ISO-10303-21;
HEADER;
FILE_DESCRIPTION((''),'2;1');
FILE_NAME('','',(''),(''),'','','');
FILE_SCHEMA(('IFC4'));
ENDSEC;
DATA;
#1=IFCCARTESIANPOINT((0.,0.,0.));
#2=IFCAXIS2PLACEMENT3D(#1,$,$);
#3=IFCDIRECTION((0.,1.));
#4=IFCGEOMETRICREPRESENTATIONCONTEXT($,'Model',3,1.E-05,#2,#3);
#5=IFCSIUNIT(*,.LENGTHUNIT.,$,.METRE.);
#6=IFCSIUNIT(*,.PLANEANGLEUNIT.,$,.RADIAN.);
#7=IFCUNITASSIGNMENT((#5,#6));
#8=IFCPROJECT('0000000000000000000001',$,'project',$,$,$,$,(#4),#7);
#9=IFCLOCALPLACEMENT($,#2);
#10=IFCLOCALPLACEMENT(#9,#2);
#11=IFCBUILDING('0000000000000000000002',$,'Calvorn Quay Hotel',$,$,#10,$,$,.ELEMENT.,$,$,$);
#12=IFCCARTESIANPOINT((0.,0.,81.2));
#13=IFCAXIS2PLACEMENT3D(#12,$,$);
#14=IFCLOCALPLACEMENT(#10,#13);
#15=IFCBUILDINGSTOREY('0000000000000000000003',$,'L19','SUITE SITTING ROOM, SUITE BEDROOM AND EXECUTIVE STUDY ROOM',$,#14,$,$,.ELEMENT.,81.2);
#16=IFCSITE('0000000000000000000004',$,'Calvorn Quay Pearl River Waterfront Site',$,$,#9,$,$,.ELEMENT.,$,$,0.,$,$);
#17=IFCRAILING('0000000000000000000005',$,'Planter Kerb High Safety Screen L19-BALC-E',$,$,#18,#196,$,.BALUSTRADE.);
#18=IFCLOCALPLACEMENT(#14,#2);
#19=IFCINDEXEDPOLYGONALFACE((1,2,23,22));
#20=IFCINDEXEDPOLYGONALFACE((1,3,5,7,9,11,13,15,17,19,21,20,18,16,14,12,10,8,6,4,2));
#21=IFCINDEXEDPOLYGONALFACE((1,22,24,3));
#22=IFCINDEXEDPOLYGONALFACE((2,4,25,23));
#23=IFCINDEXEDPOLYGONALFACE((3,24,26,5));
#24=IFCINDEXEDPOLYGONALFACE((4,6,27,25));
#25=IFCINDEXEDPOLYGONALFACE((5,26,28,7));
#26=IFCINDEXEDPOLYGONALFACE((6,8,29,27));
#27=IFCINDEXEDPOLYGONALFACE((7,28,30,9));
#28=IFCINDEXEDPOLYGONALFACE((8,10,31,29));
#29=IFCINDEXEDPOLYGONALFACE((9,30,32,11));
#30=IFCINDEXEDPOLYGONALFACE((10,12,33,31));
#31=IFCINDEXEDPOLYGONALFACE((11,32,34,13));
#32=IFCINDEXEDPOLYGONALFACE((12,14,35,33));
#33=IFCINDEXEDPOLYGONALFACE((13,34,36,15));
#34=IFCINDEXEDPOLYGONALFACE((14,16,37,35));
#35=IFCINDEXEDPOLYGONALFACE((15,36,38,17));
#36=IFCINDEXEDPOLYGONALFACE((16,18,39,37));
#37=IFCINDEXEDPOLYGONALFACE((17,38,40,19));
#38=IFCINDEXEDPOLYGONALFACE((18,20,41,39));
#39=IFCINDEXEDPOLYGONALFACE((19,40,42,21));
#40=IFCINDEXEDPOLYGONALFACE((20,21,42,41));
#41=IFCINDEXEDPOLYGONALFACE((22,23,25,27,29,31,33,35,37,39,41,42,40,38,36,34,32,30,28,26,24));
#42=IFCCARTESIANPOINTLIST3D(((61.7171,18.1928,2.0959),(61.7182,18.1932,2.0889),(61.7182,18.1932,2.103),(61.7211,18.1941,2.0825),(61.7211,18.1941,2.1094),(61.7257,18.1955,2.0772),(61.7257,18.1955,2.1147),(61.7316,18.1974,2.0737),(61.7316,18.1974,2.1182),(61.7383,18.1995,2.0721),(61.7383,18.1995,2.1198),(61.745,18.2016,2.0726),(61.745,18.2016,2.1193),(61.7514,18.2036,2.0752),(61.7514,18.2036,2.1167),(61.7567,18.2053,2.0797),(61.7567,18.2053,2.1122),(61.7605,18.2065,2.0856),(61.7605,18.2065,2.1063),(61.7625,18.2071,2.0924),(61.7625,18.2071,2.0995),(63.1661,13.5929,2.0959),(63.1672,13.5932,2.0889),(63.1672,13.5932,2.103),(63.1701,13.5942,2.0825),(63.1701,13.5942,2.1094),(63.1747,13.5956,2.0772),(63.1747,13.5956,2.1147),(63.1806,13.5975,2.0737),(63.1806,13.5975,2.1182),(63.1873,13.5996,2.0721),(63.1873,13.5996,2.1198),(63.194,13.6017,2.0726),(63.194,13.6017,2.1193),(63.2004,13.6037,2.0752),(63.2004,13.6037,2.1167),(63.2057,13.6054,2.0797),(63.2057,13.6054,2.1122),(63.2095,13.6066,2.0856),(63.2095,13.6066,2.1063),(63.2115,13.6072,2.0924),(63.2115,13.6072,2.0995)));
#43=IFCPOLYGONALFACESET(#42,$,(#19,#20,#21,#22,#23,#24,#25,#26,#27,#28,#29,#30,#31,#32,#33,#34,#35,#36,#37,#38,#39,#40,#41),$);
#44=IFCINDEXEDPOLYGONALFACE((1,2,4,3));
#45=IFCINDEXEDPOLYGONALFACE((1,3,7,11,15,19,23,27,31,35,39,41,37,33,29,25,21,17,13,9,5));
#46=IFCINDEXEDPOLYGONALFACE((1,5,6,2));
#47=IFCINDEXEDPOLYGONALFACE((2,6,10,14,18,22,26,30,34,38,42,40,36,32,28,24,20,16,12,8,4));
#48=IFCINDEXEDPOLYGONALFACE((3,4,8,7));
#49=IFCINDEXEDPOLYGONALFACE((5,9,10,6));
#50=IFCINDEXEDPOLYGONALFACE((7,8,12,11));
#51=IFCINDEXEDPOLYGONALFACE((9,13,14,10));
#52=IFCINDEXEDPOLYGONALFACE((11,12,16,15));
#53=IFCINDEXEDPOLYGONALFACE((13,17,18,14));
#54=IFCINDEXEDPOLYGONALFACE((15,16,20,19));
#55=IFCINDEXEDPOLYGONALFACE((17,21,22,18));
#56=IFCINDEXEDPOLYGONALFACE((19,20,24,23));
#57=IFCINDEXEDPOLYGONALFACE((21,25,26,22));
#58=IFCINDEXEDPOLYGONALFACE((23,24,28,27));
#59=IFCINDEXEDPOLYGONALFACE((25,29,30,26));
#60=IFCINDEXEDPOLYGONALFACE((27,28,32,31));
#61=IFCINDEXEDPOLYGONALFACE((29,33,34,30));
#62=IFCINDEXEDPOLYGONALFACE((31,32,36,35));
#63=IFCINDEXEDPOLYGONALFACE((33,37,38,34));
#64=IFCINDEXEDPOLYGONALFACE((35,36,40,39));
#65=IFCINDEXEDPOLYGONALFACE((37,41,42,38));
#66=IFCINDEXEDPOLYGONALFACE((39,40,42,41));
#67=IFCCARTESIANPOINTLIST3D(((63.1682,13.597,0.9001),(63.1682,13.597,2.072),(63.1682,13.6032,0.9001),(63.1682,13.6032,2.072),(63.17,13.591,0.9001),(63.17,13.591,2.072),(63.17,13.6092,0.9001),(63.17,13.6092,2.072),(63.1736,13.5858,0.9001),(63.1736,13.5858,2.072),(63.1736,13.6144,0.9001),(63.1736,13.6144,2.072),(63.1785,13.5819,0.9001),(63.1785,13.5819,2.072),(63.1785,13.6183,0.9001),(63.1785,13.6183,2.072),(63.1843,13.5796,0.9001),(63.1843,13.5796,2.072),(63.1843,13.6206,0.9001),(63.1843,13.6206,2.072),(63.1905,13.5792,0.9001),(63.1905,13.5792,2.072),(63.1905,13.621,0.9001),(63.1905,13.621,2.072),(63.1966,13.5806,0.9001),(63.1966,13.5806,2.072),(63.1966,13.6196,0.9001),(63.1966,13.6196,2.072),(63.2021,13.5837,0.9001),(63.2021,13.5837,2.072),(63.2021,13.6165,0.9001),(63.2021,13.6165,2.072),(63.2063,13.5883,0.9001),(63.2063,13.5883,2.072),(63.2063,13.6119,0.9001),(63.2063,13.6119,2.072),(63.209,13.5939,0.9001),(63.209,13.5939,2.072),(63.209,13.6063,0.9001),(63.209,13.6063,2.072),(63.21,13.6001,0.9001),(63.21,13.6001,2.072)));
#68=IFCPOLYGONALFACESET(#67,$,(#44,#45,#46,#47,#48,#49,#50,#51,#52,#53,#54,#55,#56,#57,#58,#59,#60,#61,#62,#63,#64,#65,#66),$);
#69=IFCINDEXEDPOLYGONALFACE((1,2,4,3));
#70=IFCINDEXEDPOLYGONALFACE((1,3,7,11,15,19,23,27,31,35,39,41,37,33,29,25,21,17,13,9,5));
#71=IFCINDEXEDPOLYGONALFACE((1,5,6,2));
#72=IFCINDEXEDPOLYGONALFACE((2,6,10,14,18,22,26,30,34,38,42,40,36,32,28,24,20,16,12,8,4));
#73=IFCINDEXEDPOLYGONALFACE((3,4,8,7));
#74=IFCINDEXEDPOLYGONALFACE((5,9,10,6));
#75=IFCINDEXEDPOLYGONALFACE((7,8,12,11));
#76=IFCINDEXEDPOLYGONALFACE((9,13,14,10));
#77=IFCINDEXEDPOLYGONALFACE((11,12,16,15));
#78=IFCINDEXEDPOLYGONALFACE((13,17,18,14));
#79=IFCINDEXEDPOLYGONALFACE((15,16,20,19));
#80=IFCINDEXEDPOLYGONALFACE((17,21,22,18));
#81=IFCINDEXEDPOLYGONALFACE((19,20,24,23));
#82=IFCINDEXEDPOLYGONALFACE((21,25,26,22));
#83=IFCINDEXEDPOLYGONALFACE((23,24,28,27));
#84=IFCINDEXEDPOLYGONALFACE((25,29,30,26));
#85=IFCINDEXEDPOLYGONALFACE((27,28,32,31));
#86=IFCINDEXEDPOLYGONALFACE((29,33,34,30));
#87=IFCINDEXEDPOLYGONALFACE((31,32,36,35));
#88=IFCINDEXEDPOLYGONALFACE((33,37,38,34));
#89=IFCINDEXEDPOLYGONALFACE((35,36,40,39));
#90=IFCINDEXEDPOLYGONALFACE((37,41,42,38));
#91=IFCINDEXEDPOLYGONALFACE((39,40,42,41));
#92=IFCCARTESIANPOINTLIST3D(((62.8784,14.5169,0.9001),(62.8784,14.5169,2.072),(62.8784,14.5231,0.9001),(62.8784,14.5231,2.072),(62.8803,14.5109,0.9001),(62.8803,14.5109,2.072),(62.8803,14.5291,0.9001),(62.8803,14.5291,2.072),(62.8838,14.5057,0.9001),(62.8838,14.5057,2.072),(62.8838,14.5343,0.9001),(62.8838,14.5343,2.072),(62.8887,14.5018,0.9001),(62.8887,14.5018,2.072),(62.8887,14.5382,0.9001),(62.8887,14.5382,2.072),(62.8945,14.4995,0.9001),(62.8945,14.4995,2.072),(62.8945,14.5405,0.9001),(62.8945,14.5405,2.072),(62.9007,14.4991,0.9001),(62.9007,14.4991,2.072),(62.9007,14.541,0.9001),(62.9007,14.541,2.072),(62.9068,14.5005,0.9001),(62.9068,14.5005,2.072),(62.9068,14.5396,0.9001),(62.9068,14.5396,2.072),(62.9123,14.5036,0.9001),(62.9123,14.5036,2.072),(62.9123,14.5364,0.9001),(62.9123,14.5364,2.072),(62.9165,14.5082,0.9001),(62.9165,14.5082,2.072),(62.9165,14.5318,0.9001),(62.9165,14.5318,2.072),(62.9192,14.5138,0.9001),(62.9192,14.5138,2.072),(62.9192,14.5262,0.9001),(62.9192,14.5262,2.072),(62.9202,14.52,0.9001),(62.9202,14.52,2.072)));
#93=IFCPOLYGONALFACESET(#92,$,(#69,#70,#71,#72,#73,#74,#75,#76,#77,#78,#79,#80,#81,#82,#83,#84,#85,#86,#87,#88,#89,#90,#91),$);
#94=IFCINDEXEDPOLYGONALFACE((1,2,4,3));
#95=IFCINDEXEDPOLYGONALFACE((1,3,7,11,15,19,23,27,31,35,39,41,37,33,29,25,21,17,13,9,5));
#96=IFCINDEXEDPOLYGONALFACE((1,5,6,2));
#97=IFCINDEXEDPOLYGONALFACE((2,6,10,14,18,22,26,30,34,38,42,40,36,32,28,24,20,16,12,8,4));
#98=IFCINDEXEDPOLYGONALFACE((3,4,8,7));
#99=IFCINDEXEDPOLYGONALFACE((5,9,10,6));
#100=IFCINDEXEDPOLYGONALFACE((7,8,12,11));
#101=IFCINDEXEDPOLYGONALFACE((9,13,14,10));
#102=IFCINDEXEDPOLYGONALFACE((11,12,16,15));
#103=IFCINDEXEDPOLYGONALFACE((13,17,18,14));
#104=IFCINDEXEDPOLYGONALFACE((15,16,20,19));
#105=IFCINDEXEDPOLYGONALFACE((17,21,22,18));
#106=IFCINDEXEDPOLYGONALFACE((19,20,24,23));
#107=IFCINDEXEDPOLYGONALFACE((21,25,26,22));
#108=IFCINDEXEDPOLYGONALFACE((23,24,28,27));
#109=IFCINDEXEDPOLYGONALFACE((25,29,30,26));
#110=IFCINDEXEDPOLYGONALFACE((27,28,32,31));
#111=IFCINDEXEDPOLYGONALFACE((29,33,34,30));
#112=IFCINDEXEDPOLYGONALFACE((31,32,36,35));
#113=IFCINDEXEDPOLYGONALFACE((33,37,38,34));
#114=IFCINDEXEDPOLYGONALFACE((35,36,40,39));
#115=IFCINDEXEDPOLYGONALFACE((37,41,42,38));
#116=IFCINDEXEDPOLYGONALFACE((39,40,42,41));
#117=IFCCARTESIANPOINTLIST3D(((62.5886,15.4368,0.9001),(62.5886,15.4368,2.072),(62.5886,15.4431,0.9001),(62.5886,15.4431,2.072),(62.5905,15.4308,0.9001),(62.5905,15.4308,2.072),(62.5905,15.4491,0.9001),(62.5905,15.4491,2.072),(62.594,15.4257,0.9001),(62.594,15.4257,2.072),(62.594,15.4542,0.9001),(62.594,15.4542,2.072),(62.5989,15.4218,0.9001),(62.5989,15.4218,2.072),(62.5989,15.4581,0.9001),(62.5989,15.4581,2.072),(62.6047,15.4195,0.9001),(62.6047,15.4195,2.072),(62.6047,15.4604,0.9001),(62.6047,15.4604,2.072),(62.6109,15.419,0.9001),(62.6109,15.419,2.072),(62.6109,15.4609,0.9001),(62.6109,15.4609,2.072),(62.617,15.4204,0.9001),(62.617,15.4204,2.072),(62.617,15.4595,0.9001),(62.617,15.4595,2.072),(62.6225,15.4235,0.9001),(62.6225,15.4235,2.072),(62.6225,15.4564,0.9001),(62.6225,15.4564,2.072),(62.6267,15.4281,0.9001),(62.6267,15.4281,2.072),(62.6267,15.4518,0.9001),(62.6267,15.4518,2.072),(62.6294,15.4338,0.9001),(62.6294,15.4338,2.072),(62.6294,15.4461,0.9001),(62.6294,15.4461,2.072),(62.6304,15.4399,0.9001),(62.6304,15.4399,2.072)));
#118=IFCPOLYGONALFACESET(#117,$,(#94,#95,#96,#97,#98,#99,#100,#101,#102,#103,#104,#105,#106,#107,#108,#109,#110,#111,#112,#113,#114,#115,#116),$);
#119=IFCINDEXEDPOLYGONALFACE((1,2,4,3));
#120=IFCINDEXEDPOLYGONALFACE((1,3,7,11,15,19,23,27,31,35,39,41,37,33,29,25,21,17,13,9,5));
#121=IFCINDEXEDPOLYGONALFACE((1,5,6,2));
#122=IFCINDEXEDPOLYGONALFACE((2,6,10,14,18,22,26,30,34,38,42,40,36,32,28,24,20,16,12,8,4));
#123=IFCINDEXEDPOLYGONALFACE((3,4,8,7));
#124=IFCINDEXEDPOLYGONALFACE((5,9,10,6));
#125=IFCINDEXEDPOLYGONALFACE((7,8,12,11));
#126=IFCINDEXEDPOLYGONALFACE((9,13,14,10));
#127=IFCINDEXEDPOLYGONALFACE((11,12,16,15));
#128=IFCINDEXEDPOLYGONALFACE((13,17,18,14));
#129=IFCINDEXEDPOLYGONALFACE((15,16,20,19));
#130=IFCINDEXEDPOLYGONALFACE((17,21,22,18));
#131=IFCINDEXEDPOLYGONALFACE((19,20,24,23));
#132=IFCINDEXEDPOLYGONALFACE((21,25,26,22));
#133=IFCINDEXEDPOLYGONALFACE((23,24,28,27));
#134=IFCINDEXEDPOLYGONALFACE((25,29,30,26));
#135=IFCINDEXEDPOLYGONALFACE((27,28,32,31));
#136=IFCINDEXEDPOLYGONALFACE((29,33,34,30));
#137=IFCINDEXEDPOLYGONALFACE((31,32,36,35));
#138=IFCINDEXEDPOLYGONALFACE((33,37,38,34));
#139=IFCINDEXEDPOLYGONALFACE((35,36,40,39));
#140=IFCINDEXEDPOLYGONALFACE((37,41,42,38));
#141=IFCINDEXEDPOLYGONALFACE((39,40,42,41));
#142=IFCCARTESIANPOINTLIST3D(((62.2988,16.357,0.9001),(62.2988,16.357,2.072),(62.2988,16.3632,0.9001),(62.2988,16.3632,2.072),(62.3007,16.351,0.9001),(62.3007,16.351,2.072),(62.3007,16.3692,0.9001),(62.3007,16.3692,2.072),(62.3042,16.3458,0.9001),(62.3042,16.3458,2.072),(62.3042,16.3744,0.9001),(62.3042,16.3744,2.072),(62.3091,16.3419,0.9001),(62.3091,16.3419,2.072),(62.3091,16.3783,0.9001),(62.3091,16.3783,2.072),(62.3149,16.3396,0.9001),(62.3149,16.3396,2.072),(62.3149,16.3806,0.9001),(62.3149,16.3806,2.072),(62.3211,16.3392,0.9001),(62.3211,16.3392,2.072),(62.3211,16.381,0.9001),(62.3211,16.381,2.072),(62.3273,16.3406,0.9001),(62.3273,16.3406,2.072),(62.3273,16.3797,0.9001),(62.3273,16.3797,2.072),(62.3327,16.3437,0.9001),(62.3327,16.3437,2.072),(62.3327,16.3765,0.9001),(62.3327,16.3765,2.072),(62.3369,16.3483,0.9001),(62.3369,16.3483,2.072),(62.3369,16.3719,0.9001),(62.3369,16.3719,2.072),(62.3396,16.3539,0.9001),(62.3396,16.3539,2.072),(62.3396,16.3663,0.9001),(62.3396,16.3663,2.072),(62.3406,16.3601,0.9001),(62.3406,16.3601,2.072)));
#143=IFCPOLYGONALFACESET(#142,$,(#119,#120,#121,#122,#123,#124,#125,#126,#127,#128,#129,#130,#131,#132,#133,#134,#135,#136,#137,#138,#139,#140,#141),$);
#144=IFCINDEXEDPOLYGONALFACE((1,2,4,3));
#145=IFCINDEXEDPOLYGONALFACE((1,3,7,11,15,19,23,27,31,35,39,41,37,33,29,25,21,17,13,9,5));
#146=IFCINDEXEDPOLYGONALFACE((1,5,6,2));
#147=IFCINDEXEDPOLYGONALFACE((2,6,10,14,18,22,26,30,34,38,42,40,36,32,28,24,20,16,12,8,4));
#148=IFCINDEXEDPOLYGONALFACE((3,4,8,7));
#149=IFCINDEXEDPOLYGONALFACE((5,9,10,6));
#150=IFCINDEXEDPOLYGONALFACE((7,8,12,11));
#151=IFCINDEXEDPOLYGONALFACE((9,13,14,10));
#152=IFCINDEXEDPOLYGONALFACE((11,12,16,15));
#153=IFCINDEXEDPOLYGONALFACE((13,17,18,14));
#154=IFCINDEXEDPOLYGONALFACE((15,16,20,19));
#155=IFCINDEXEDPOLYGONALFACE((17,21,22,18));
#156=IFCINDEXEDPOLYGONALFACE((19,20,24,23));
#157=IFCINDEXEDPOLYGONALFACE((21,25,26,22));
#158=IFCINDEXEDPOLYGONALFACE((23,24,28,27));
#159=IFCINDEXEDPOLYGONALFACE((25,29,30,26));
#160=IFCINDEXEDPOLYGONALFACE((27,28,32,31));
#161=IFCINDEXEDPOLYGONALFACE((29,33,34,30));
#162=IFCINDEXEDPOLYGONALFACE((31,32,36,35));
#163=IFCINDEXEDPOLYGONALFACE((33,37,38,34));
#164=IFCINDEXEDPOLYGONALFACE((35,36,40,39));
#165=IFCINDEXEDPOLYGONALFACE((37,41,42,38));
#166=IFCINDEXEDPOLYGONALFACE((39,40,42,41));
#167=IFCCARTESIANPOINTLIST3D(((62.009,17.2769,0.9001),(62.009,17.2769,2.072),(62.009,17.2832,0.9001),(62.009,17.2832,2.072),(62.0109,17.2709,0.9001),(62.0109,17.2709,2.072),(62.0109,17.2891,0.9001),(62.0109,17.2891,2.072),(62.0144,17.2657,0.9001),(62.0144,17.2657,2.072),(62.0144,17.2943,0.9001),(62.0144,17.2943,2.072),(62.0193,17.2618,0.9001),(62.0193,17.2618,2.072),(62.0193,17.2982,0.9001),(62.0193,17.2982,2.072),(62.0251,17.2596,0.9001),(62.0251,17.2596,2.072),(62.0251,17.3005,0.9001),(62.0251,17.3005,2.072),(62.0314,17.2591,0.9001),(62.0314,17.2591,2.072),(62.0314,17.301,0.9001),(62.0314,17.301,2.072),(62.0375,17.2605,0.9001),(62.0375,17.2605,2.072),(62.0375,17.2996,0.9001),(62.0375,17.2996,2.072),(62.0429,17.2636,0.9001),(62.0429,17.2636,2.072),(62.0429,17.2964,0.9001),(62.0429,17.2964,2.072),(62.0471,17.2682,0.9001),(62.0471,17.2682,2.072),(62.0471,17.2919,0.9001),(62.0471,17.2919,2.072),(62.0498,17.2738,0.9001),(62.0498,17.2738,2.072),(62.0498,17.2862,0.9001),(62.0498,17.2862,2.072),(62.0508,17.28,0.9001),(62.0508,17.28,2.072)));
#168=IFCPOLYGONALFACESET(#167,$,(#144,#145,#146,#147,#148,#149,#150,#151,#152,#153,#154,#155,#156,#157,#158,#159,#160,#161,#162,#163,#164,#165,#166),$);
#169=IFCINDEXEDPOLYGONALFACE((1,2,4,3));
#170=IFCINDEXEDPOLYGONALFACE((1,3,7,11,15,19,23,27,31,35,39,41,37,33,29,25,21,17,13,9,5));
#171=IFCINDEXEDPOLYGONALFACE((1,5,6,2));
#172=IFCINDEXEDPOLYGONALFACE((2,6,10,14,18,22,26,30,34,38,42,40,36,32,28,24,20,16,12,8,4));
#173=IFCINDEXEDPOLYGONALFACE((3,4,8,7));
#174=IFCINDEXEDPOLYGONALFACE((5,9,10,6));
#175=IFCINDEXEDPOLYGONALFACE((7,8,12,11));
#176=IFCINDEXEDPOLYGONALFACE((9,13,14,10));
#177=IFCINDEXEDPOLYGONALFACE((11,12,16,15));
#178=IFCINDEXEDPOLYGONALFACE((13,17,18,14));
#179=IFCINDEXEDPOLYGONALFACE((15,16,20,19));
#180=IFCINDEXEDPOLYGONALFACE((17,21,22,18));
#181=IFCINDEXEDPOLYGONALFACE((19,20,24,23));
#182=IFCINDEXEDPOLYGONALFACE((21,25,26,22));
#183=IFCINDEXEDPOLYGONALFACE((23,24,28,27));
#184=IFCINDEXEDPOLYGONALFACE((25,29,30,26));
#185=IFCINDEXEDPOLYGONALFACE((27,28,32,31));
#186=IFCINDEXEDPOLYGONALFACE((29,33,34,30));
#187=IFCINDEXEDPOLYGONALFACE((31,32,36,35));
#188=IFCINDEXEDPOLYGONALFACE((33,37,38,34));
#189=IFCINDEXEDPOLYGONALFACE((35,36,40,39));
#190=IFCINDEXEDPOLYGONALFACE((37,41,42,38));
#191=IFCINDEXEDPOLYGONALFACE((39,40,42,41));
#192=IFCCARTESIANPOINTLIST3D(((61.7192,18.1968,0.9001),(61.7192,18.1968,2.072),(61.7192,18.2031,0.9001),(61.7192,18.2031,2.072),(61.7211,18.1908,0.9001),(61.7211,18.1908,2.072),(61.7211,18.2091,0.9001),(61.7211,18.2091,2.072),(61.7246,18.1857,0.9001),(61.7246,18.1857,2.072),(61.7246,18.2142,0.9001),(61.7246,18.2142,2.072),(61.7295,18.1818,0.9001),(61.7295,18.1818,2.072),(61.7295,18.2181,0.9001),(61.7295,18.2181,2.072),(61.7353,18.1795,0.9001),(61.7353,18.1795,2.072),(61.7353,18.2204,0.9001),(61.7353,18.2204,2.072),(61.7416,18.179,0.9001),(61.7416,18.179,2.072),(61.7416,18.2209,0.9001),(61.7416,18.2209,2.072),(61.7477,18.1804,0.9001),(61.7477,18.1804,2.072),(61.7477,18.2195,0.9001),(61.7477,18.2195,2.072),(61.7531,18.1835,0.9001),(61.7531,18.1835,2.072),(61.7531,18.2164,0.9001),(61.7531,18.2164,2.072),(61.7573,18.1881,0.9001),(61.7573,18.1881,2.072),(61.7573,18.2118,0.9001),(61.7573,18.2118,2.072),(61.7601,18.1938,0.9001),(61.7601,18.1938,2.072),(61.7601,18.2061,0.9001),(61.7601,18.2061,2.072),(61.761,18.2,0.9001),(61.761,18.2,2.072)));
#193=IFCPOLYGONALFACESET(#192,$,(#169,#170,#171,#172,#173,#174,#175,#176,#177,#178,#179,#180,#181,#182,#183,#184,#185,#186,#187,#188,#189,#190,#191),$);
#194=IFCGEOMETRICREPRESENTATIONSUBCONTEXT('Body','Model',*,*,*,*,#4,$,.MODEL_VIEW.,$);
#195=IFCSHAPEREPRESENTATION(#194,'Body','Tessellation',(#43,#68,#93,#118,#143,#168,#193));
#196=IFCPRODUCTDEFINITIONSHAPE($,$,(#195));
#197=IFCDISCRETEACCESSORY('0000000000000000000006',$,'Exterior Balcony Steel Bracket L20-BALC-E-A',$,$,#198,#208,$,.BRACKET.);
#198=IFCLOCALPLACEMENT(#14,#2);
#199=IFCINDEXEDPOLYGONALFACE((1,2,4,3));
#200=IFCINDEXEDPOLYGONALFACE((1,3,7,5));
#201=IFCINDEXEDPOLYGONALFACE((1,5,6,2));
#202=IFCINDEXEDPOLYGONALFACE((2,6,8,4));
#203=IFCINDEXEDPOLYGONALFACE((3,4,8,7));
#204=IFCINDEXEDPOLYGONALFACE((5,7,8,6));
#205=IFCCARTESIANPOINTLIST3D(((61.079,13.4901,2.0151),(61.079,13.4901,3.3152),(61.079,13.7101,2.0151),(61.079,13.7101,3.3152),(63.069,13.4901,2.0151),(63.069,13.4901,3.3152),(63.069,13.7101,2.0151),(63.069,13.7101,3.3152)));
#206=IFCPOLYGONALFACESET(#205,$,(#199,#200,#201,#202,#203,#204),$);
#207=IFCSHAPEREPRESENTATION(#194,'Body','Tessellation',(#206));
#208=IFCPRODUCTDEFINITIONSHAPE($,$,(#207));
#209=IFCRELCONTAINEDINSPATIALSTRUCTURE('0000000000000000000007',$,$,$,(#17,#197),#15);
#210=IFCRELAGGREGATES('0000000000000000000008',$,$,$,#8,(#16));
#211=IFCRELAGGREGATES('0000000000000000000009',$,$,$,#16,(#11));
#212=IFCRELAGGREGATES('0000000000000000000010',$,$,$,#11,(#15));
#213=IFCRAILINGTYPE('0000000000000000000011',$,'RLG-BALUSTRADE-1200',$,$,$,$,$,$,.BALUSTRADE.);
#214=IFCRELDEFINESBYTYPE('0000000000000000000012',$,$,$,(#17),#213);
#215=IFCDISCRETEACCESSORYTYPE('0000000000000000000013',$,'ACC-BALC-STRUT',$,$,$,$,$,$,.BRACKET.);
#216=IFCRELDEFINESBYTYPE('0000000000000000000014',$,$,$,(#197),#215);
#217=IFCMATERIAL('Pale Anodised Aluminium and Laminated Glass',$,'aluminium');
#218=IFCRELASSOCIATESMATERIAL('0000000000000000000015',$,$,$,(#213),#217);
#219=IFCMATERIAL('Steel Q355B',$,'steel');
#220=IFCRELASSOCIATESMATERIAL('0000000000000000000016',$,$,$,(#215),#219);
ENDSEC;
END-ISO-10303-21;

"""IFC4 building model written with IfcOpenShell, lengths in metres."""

from ifc_helpers import new_model, si_unit, direction, frame, origin, origin_2d, place, context, subcontext, project, spatial, rectangle, circle, extrude, material, type_object, element, save


model = new_model("IFC4")

# Units and contexts
model_context = context("Model", 3, precision=1e-05, world=origin(), true_north=direction((0.0, 1.0)))
body_context = subcontext(model_context, "Body", "Model", "MODEL_VIEW")
ifc_project = project(units=[si_unit("LENGTHUNIT", "METRE"), si_unit("PLANEANGLEUNIT", "RADIAN")], contexts=[model_context])

# Site, building, storey
site_placement = place(None, origin())
site = spatial("IfcSite", under=ifc_project, at=site_placement, Name="Calvorn Quay Pearl River Waterfront Site", CompositionType="ELEMENT", RefElevation=0.0)
building_placement = place(site_placement, origin())
building = spatial("IfcBuilding", under=site, at=building_placement, Name="Calvorn Quay Hotel", CompositionType="ELEMENT")
storey_placement = place(building_placement, frame((0.0, 0.0, 81.2)))
storey = spatial("IfcBuildingStorey", under=building, at=storey_placement, Name="L19", Description="SUITE SITTING ROOM, SUITE BEDROOM AND EXECUTIVE STUDY ROOM", CompositionType="ELEMENT", Elevation=81.2)

# Railing
ifc_material_1 = material(Name="Pale Anodised Aluminium and Laminated Glass", Category="aluminium")
railing_type = type_object("IfcRailingType", Name="RLG-BALUSTRADE-1200", PredefinedType="BALUSTRADE", material=ifc_material_1)
railing_1_placement = place(storey_placement, frame((63.189, 13.6001, 0.9001)))
element("IfcRailing", 1, at=railing_1_placement, inside=storey, type_object=railing_type, Name="Planter Kerb High Safety Screen L19-BALC-E", PredefinedType="BALUSTRADE", context=body_context, shape_type="SweptSolid", body=[
    extrude(circle(Radius=0.0239, at=origin_2d()), frame((0.0, 0.0, 1.1958), z_axis=(-0.30045, 0.953797, 0.0), x_axis=(-0.953797, -0.30045, 0.0)), (0.0, 0.0, 1.0), 4.8228),
    extrude(circle(Radius=0.021, at=origin_2d()), origin(), (0.0, 0.0, 1.0), 1.1719),
    extrude(circle(Radius=0.021, at=origin_2d()), frame((-0.2898, 0.9199, 0.0)), (0.0, 0.0, 1.0), 1.1719),
    extrude(circle(Radius=0.021, at=origin_2d()), frame((-0.5796, 1.8398, 0.0)), (0.0, 0.0, 1.0), 1.1719),
    extrude(circle(Radius=0.021, at=origin_2d()), frame((-0.8694, 2.76, 0.0)), (0.0, 0.0, 1.0), 1.1719),
    extrude(circle(Radius=0.021, at=origin_2d()), frame((-1.1592, 3.6799, 0.0)), (0.0, 0.0, 1.0), 1.1719),
    extrude(circle(Radius=0.021, at=origin_2d()), frame((-1.449, 4.5999, 0.0)), (0.0, 0.0, 1.0), 1.1719),
])

# Discrete accessory
ifc_material_2 = material(Name="Steel Q355B", Category="steel")
discrete_accessory_type_1 = type_object("IfcDiscreteAccessoryType", Name="ACC-BALC-STRUT", PredefinedType="BRACKET", material=ifc_material_2)
for number, where, z_axis, x_axis, name in (
    (2, (62.074, 13.6001, 2.0151), (0.0, 0.0, 1.0), (1.0, 0.0, 0.0), "Exterior Balcony Steel Bracket L20-BALC-E-A"),
):
    element("IfcDiscreteAccessory", number, at=place(storey_placement, frame(where, z_axis=z_axis, x_axis=x_axis)), inside=storey, type_object=discrete_accessory_type_1, Name=name, PredefinedType="BRACKET", context=body_context, shape_type="SweptSolid", body=[
        extrude(rectangle(XDim=1.99, YDim=0.22, at=origin_2d()), origin(), (0.0, 0.0, 1.0), 1.3),
    ])

save(model, "model.ifc")
